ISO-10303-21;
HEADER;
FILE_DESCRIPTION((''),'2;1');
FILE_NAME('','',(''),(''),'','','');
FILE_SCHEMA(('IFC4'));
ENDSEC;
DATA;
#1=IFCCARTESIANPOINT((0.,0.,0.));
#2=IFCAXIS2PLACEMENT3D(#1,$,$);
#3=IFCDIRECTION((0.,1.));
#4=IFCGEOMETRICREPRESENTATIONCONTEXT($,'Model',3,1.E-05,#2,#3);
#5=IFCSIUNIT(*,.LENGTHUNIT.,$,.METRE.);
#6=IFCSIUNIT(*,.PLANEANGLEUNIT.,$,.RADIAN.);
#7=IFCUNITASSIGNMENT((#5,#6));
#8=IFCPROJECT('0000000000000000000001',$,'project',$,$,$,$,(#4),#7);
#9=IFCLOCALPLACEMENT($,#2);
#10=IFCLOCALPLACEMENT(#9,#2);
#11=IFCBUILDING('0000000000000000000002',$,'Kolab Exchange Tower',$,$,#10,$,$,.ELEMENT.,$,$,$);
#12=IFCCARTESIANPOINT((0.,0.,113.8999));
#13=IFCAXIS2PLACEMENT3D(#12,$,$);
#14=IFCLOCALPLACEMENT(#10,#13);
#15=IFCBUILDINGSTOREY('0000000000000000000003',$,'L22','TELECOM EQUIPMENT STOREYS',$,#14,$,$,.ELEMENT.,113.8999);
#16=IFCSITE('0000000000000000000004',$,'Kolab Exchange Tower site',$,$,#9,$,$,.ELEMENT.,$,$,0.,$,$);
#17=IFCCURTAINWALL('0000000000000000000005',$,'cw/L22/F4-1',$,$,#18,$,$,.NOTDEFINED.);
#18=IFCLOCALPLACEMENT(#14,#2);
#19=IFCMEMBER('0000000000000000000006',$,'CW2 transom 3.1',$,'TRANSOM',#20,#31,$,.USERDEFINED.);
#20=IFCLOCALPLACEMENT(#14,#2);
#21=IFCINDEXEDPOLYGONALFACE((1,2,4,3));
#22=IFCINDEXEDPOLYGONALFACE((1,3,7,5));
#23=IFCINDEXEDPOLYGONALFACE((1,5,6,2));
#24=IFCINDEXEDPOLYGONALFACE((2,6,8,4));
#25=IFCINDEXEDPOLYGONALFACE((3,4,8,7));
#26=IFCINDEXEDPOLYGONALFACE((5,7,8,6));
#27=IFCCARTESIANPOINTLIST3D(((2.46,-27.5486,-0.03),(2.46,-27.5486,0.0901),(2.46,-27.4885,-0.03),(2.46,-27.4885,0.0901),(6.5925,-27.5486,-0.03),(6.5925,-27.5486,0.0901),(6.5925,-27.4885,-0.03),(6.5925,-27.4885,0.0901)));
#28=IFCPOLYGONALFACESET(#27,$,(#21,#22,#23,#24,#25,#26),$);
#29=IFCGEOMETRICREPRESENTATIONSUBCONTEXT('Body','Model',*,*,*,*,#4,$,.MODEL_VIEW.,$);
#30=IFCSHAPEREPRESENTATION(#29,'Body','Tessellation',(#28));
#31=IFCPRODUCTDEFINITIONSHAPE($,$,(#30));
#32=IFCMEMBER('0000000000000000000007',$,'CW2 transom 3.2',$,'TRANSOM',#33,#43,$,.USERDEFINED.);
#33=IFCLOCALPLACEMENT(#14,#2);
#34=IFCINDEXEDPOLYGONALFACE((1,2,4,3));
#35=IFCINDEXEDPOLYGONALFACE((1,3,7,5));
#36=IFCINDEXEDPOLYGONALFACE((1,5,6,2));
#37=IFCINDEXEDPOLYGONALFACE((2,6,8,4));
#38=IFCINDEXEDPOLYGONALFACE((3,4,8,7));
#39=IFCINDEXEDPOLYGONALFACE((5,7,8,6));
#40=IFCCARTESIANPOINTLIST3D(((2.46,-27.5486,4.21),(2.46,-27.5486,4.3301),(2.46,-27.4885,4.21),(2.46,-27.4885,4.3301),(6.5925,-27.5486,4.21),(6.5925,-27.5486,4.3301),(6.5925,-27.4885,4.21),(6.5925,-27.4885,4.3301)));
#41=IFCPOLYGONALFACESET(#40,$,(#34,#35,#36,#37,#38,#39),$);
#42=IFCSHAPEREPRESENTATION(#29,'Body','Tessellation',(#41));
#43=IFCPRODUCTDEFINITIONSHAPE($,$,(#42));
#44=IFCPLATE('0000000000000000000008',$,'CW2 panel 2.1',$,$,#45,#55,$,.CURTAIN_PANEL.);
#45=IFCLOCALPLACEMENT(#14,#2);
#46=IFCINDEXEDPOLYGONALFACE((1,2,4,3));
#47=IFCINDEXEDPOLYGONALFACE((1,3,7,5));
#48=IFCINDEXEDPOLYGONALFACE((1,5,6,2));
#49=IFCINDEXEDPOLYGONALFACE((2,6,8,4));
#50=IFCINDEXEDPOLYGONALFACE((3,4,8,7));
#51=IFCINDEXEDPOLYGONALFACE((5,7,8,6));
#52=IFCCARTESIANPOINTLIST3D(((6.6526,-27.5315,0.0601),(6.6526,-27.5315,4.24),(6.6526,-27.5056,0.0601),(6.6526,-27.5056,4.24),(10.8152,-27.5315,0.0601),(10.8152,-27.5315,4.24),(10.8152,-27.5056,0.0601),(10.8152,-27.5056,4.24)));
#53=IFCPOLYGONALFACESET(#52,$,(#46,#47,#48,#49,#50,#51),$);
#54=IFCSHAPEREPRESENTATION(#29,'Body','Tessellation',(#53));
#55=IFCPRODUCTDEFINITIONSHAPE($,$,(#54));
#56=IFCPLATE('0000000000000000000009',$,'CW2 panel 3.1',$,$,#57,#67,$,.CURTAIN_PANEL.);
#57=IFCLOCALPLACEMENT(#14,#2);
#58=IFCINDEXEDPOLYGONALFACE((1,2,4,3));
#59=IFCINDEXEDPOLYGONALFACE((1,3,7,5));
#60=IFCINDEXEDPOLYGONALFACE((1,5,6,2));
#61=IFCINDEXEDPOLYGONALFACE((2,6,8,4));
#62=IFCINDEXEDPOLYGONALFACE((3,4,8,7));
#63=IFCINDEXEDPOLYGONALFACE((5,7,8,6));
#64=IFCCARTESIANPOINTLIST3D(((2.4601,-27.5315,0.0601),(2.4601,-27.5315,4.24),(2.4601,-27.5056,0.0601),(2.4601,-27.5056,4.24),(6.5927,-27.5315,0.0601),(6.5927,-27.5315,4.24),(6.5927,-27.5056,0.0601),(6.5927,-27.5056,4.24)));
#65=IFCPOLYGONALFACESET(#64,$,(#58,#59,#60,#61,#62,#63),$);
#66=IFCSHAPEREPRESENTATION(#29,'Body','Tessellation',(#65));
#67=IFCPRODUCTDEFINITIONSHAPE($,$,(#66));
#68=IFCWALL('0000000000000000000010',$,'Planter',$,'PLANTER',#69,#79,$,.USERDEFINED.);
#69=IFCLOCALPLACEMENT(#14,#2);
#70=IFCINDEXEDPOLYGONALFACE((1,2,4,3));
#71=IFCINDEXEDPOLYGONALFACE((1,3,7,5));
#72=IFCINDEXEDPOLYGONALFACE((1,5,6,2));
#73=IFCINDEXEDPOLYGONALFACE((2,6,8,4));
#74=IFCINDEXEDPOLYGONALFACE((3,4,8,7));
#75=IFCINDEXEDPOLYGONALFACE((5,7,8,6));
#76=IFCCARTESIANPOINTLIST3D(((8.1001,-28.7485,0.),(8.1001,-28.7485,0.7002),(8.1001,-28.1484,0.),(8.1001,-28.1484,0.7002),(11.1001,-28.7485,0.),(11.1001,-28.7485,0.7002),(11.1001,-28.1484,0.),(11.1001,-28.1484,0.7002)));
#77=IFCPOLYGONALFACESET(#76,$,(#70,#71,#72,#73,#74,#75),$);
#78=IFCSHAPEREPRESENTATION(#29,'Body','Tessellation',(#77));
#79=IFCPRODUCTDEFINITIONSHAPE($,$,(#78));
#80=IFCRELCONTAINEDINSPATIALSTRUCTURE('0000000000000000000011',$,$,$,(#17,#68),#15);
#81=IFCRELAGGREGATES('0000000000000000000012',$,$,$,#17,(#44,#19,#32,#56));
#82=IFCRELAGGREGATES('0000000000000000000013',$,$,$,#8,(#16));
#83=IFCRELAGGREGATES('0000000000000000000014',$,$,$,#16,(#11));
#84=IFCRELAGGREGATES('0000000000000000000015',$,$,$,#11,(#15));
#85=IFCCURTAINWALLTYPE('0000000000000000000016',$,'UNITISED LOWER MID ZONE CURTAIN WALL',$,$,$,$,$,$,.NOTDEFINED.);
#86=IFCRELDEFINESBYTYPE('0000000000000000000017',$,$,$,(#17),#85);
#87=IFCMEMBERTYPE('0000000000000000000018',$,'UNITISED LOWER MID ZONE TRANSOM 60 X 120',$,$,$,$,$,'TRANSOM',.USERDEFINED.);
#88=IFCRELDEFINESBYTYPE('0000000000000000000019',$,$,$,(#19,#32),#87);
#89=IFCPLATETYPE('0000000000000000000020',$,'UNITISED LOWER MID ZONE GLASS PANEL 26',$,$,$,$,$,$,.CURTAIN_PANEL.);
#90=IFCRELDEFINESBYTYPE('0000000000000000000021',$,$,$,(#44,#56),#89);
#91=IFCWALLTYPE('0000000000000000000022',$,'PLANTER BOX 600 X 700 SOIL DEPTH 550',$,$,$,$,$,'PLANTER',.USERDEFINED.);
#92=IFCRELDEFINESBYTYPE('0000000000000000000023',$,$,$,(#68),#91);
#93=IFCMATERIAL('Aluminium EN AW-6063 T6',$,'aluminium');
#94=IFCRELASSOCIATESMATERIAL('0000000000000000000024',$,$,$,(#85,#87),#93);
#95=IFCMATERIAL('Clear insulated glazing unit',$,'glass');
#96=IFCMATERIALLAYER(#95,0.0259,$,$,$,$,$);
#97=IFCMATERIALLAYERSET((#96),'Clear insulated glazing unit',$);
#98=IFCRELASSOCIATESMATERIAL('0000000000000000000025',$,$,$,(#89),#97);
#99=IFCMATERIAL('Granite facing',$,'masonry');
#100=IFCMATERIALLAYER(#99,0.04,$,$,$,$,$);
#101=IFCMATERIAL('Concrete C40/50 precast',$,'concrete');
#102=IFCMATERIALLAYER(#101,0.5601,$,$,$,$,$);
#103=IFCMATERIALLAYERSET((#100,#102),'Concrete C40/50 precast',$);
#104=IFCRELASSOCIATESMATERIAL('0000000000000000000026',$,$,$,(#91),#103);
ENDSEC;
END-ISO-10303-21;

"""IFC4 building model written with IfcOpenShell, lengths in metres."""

from ifc_helpers import new_model, si_unit, direction, frame, frame_2d, origin, origin_2d, place, context, subcontext, project, spatial, rectangle, extrude, material, layer, layer_set, material_profile, profile_set, type_object, element, aggregate, save


model = new_model("IFC4")

# Units and contexts
model_context = context("Model", 3, precision=1e-05, world=origin(), true_north=direction((0.0, 1.0)))
body_context = subcontext(model_context, "Body", "Model", "MODEL_VIEW")
ifc_project = project(units=[si_unit("LENGTHUNIT", "METRE"), si_unit("PLANEANGLEUNIT", "RADIAN")], contexts=[model_context])

# Site, building, storey
site_placement = place(None, origin())
site = spatial("IfcSite", under=ifc_project, at=site_placement, Name="Kolab Exchange Tower site", CompositionType="ELEMENT", RefElevation=0.0)
building_placement = place(site_placement, origin())
building = spatial("IfcBuilding", under=site, at=building_placement, Name="Kolab Exchange Tower", CompositionType="ELEMENT")
storey_placement = place(building_placement, frame((0.0, 0.0, 113.8999)))
storey = spatial("IfcBuildingStorey", under=building, at=storey_placement, Name="L22", Description="TELECOM EQUIPMENT STOREYS", CompositionType="ELEMENT", Elevation=113.8999)

# Curtain wall, members, plates
ifc_material_1 = material(Name="Aluminium EN AW-6063 T6", Category="aluminium")
curtain_wall_type = type_object("IfcCurtainWallType", Name="UNITISED LOWER MID ZONE CURTAIN WALL", PredefinedType="NOTDEFINED", material=ifc_material_1)
curtain_wall_placement = place(storey_placement, origin())
curtain_wall = element("IfcCurtainWall", 1, at=curtain_wall_placement, inside=storey, type_object=curtain_wall_type, Name="cw/L22/F4-1", PredefinedType="NOTDEFINED")
ifc_material_profile_1 = material_profile(ifc_material_1, rectangle(XDim=0.0601, YDim=0.1201, at=origin_2d()), Name="RECT 60X120")
ifc_profile_set_1 = profile_set([ifc_material_profile_1], Name="Aluminium EN AW-6063 T6")
member_type_1 = type_object("IfcMemberType", Name="UNITISED LOWER MID ZONE TRANSOM 60 X 120", ElementType="TRANSOM", PredefinedType="USERDEFINED", material=ifc_profile_set_1)
member_1_placement = place(storey_placement, frame((6.5925, -27.5186, 0.03), z_axis=(-1.0, 0.0, 0.0), x_axis=(0.0, -1.0, 0.0)))
member_1 = element("IfcMember", 2, at=member_1_placement, type_object=member_type_1, Name="CW2 transom 3.1", ObjectType="TRANSOM", PredefinedType="USERDEFINED", context=body_context, shape_type="SweptSolid", body=[
    extrude(rectangle(XDim=0.0601, YDim=0.1201, at=origin_2d()), origin(), (0.0, 0.0, 1.0), 4.1326),
])
member_2_placement = place(storey_placement, frame((6.5925, -27.5186, 4.27), z_axis=(-1.0, 0.0, 0.0), x_axis=(0.0, -1.0, 0.0)))
member_2 = element("IfcMember", 3, at=member_2_placement, type_object=member_type_1, Name="CW2 transom 3.2", ObjectType="TRANSOM", PredefinedType="USERDEFINED", context=body_context, shape_type="SweptSolid", body=[
    extrude(rectangle(XDim=0.0601, YDim=0.1201, at=origin_2d()), origin(), (0.0, 0.0, 1.0), 4.1326),
])
ifc_material_2 = material(Name="Clear insulated glazing unit", Category="glass")
ifc_layer_1 = layer(ifc_material_2, 0.0259)
ifc_layer_set_1 = layer_set([ifc_layer_1], Name="Clear insulated glazing unit")
plate_type = type_object("IfcPlateType", Name="UNITISED LOWER MID ZONE GLASS PANEL 26", PredefinedType="CURTAIN_PANEL", material=ifc_layer_set_1)
plate_1_placement = place(storey_placement, frame((8.7339, -27.5186, 0.0601), z_axis=(0.0, 0.0, 1.0), x_axis=(-1.0, 0.0, 0.0)))
plate_1 = element("IfcPlate", 4, at=plate_1_placement, type_object=plate_type, Name="CW2 panel 2.1", PredefinedType="CURTAIN_PANEL", context=body_context, shape_type="SweptSolid", body=[
    extrude(rectangle(XDim=4.1626, YDim=0.0259, at=origin_2d()), origin(), (0.0, 0.0, 1.0), 4.1799),
])
plate_2_placement = place(storey_placement, frame((4.5264, -27.5186, 0.0601), z_axis=(0.0, 0.0, 1.0), x_axis=(-1.0, 0.0, 0.0)))
plate_2 = element("IfcPlate", 5, at=plate_2_placement, type_object=plate_type, Name="CW2 panel 3.1", PredefinedType="CURTAIN_PANEL", context=body_context, shape_type="SweptSolid", body=[
    extrude(rectangle(XDim=4.1326, YDim=0.0259, at=origin_2d()), origin(), (0.0, 0.0, 1.0), 4.1799),
])
aggregate(curtain_wall, [plate_1, member_1, member_2, plate_2])

# Wall
ifc_material_3 = material(Name="Granite facing", Category="masonry")
ifc_layer_2 = layer(ifc_material_3, 0.04)
ifc_material_4 = material(Name="Concrete C40/50 precast", Category="concrete")
ifc_layer_3 = layer(ifc_material_4, 0.5601)
ifc_layer_set_2 = layer_set([ifc_layer_2, ifc_layer_3], Name="Concrete C40/50 precast")
wall_type_1 = type_object("IfcWallType", Name="PLANTER BOX 600 X 700 SOIL DEPTH 550", ElementType="PLANTER", PredefinedType="USERDEFINED", material=ifc_layer_set_2)
wall_1_placement = place(storey_placement, frame((11.1001, -28.4485, 0.0), z_axis=(0.0, 0.0, 1.0), x_axis=(-1.0, 0.0, 0.0)))
element("IfcWall", 6, at=wall_1_placement, inside=storey, type_object=wall_type_1, Name="Planter", ObjectType="PLANTER", PredefinedType="USERDEFINED", context=body_context, shape_type="SweptSolid", body=[
    extrude(rectangle(XDim=3.0, YDim=0.6001, at=frame_2d((1.5, 0.0))), origin(), (0.0, 0.0, 1.0), 0.7002),
])

save(model, "model.ifc")
